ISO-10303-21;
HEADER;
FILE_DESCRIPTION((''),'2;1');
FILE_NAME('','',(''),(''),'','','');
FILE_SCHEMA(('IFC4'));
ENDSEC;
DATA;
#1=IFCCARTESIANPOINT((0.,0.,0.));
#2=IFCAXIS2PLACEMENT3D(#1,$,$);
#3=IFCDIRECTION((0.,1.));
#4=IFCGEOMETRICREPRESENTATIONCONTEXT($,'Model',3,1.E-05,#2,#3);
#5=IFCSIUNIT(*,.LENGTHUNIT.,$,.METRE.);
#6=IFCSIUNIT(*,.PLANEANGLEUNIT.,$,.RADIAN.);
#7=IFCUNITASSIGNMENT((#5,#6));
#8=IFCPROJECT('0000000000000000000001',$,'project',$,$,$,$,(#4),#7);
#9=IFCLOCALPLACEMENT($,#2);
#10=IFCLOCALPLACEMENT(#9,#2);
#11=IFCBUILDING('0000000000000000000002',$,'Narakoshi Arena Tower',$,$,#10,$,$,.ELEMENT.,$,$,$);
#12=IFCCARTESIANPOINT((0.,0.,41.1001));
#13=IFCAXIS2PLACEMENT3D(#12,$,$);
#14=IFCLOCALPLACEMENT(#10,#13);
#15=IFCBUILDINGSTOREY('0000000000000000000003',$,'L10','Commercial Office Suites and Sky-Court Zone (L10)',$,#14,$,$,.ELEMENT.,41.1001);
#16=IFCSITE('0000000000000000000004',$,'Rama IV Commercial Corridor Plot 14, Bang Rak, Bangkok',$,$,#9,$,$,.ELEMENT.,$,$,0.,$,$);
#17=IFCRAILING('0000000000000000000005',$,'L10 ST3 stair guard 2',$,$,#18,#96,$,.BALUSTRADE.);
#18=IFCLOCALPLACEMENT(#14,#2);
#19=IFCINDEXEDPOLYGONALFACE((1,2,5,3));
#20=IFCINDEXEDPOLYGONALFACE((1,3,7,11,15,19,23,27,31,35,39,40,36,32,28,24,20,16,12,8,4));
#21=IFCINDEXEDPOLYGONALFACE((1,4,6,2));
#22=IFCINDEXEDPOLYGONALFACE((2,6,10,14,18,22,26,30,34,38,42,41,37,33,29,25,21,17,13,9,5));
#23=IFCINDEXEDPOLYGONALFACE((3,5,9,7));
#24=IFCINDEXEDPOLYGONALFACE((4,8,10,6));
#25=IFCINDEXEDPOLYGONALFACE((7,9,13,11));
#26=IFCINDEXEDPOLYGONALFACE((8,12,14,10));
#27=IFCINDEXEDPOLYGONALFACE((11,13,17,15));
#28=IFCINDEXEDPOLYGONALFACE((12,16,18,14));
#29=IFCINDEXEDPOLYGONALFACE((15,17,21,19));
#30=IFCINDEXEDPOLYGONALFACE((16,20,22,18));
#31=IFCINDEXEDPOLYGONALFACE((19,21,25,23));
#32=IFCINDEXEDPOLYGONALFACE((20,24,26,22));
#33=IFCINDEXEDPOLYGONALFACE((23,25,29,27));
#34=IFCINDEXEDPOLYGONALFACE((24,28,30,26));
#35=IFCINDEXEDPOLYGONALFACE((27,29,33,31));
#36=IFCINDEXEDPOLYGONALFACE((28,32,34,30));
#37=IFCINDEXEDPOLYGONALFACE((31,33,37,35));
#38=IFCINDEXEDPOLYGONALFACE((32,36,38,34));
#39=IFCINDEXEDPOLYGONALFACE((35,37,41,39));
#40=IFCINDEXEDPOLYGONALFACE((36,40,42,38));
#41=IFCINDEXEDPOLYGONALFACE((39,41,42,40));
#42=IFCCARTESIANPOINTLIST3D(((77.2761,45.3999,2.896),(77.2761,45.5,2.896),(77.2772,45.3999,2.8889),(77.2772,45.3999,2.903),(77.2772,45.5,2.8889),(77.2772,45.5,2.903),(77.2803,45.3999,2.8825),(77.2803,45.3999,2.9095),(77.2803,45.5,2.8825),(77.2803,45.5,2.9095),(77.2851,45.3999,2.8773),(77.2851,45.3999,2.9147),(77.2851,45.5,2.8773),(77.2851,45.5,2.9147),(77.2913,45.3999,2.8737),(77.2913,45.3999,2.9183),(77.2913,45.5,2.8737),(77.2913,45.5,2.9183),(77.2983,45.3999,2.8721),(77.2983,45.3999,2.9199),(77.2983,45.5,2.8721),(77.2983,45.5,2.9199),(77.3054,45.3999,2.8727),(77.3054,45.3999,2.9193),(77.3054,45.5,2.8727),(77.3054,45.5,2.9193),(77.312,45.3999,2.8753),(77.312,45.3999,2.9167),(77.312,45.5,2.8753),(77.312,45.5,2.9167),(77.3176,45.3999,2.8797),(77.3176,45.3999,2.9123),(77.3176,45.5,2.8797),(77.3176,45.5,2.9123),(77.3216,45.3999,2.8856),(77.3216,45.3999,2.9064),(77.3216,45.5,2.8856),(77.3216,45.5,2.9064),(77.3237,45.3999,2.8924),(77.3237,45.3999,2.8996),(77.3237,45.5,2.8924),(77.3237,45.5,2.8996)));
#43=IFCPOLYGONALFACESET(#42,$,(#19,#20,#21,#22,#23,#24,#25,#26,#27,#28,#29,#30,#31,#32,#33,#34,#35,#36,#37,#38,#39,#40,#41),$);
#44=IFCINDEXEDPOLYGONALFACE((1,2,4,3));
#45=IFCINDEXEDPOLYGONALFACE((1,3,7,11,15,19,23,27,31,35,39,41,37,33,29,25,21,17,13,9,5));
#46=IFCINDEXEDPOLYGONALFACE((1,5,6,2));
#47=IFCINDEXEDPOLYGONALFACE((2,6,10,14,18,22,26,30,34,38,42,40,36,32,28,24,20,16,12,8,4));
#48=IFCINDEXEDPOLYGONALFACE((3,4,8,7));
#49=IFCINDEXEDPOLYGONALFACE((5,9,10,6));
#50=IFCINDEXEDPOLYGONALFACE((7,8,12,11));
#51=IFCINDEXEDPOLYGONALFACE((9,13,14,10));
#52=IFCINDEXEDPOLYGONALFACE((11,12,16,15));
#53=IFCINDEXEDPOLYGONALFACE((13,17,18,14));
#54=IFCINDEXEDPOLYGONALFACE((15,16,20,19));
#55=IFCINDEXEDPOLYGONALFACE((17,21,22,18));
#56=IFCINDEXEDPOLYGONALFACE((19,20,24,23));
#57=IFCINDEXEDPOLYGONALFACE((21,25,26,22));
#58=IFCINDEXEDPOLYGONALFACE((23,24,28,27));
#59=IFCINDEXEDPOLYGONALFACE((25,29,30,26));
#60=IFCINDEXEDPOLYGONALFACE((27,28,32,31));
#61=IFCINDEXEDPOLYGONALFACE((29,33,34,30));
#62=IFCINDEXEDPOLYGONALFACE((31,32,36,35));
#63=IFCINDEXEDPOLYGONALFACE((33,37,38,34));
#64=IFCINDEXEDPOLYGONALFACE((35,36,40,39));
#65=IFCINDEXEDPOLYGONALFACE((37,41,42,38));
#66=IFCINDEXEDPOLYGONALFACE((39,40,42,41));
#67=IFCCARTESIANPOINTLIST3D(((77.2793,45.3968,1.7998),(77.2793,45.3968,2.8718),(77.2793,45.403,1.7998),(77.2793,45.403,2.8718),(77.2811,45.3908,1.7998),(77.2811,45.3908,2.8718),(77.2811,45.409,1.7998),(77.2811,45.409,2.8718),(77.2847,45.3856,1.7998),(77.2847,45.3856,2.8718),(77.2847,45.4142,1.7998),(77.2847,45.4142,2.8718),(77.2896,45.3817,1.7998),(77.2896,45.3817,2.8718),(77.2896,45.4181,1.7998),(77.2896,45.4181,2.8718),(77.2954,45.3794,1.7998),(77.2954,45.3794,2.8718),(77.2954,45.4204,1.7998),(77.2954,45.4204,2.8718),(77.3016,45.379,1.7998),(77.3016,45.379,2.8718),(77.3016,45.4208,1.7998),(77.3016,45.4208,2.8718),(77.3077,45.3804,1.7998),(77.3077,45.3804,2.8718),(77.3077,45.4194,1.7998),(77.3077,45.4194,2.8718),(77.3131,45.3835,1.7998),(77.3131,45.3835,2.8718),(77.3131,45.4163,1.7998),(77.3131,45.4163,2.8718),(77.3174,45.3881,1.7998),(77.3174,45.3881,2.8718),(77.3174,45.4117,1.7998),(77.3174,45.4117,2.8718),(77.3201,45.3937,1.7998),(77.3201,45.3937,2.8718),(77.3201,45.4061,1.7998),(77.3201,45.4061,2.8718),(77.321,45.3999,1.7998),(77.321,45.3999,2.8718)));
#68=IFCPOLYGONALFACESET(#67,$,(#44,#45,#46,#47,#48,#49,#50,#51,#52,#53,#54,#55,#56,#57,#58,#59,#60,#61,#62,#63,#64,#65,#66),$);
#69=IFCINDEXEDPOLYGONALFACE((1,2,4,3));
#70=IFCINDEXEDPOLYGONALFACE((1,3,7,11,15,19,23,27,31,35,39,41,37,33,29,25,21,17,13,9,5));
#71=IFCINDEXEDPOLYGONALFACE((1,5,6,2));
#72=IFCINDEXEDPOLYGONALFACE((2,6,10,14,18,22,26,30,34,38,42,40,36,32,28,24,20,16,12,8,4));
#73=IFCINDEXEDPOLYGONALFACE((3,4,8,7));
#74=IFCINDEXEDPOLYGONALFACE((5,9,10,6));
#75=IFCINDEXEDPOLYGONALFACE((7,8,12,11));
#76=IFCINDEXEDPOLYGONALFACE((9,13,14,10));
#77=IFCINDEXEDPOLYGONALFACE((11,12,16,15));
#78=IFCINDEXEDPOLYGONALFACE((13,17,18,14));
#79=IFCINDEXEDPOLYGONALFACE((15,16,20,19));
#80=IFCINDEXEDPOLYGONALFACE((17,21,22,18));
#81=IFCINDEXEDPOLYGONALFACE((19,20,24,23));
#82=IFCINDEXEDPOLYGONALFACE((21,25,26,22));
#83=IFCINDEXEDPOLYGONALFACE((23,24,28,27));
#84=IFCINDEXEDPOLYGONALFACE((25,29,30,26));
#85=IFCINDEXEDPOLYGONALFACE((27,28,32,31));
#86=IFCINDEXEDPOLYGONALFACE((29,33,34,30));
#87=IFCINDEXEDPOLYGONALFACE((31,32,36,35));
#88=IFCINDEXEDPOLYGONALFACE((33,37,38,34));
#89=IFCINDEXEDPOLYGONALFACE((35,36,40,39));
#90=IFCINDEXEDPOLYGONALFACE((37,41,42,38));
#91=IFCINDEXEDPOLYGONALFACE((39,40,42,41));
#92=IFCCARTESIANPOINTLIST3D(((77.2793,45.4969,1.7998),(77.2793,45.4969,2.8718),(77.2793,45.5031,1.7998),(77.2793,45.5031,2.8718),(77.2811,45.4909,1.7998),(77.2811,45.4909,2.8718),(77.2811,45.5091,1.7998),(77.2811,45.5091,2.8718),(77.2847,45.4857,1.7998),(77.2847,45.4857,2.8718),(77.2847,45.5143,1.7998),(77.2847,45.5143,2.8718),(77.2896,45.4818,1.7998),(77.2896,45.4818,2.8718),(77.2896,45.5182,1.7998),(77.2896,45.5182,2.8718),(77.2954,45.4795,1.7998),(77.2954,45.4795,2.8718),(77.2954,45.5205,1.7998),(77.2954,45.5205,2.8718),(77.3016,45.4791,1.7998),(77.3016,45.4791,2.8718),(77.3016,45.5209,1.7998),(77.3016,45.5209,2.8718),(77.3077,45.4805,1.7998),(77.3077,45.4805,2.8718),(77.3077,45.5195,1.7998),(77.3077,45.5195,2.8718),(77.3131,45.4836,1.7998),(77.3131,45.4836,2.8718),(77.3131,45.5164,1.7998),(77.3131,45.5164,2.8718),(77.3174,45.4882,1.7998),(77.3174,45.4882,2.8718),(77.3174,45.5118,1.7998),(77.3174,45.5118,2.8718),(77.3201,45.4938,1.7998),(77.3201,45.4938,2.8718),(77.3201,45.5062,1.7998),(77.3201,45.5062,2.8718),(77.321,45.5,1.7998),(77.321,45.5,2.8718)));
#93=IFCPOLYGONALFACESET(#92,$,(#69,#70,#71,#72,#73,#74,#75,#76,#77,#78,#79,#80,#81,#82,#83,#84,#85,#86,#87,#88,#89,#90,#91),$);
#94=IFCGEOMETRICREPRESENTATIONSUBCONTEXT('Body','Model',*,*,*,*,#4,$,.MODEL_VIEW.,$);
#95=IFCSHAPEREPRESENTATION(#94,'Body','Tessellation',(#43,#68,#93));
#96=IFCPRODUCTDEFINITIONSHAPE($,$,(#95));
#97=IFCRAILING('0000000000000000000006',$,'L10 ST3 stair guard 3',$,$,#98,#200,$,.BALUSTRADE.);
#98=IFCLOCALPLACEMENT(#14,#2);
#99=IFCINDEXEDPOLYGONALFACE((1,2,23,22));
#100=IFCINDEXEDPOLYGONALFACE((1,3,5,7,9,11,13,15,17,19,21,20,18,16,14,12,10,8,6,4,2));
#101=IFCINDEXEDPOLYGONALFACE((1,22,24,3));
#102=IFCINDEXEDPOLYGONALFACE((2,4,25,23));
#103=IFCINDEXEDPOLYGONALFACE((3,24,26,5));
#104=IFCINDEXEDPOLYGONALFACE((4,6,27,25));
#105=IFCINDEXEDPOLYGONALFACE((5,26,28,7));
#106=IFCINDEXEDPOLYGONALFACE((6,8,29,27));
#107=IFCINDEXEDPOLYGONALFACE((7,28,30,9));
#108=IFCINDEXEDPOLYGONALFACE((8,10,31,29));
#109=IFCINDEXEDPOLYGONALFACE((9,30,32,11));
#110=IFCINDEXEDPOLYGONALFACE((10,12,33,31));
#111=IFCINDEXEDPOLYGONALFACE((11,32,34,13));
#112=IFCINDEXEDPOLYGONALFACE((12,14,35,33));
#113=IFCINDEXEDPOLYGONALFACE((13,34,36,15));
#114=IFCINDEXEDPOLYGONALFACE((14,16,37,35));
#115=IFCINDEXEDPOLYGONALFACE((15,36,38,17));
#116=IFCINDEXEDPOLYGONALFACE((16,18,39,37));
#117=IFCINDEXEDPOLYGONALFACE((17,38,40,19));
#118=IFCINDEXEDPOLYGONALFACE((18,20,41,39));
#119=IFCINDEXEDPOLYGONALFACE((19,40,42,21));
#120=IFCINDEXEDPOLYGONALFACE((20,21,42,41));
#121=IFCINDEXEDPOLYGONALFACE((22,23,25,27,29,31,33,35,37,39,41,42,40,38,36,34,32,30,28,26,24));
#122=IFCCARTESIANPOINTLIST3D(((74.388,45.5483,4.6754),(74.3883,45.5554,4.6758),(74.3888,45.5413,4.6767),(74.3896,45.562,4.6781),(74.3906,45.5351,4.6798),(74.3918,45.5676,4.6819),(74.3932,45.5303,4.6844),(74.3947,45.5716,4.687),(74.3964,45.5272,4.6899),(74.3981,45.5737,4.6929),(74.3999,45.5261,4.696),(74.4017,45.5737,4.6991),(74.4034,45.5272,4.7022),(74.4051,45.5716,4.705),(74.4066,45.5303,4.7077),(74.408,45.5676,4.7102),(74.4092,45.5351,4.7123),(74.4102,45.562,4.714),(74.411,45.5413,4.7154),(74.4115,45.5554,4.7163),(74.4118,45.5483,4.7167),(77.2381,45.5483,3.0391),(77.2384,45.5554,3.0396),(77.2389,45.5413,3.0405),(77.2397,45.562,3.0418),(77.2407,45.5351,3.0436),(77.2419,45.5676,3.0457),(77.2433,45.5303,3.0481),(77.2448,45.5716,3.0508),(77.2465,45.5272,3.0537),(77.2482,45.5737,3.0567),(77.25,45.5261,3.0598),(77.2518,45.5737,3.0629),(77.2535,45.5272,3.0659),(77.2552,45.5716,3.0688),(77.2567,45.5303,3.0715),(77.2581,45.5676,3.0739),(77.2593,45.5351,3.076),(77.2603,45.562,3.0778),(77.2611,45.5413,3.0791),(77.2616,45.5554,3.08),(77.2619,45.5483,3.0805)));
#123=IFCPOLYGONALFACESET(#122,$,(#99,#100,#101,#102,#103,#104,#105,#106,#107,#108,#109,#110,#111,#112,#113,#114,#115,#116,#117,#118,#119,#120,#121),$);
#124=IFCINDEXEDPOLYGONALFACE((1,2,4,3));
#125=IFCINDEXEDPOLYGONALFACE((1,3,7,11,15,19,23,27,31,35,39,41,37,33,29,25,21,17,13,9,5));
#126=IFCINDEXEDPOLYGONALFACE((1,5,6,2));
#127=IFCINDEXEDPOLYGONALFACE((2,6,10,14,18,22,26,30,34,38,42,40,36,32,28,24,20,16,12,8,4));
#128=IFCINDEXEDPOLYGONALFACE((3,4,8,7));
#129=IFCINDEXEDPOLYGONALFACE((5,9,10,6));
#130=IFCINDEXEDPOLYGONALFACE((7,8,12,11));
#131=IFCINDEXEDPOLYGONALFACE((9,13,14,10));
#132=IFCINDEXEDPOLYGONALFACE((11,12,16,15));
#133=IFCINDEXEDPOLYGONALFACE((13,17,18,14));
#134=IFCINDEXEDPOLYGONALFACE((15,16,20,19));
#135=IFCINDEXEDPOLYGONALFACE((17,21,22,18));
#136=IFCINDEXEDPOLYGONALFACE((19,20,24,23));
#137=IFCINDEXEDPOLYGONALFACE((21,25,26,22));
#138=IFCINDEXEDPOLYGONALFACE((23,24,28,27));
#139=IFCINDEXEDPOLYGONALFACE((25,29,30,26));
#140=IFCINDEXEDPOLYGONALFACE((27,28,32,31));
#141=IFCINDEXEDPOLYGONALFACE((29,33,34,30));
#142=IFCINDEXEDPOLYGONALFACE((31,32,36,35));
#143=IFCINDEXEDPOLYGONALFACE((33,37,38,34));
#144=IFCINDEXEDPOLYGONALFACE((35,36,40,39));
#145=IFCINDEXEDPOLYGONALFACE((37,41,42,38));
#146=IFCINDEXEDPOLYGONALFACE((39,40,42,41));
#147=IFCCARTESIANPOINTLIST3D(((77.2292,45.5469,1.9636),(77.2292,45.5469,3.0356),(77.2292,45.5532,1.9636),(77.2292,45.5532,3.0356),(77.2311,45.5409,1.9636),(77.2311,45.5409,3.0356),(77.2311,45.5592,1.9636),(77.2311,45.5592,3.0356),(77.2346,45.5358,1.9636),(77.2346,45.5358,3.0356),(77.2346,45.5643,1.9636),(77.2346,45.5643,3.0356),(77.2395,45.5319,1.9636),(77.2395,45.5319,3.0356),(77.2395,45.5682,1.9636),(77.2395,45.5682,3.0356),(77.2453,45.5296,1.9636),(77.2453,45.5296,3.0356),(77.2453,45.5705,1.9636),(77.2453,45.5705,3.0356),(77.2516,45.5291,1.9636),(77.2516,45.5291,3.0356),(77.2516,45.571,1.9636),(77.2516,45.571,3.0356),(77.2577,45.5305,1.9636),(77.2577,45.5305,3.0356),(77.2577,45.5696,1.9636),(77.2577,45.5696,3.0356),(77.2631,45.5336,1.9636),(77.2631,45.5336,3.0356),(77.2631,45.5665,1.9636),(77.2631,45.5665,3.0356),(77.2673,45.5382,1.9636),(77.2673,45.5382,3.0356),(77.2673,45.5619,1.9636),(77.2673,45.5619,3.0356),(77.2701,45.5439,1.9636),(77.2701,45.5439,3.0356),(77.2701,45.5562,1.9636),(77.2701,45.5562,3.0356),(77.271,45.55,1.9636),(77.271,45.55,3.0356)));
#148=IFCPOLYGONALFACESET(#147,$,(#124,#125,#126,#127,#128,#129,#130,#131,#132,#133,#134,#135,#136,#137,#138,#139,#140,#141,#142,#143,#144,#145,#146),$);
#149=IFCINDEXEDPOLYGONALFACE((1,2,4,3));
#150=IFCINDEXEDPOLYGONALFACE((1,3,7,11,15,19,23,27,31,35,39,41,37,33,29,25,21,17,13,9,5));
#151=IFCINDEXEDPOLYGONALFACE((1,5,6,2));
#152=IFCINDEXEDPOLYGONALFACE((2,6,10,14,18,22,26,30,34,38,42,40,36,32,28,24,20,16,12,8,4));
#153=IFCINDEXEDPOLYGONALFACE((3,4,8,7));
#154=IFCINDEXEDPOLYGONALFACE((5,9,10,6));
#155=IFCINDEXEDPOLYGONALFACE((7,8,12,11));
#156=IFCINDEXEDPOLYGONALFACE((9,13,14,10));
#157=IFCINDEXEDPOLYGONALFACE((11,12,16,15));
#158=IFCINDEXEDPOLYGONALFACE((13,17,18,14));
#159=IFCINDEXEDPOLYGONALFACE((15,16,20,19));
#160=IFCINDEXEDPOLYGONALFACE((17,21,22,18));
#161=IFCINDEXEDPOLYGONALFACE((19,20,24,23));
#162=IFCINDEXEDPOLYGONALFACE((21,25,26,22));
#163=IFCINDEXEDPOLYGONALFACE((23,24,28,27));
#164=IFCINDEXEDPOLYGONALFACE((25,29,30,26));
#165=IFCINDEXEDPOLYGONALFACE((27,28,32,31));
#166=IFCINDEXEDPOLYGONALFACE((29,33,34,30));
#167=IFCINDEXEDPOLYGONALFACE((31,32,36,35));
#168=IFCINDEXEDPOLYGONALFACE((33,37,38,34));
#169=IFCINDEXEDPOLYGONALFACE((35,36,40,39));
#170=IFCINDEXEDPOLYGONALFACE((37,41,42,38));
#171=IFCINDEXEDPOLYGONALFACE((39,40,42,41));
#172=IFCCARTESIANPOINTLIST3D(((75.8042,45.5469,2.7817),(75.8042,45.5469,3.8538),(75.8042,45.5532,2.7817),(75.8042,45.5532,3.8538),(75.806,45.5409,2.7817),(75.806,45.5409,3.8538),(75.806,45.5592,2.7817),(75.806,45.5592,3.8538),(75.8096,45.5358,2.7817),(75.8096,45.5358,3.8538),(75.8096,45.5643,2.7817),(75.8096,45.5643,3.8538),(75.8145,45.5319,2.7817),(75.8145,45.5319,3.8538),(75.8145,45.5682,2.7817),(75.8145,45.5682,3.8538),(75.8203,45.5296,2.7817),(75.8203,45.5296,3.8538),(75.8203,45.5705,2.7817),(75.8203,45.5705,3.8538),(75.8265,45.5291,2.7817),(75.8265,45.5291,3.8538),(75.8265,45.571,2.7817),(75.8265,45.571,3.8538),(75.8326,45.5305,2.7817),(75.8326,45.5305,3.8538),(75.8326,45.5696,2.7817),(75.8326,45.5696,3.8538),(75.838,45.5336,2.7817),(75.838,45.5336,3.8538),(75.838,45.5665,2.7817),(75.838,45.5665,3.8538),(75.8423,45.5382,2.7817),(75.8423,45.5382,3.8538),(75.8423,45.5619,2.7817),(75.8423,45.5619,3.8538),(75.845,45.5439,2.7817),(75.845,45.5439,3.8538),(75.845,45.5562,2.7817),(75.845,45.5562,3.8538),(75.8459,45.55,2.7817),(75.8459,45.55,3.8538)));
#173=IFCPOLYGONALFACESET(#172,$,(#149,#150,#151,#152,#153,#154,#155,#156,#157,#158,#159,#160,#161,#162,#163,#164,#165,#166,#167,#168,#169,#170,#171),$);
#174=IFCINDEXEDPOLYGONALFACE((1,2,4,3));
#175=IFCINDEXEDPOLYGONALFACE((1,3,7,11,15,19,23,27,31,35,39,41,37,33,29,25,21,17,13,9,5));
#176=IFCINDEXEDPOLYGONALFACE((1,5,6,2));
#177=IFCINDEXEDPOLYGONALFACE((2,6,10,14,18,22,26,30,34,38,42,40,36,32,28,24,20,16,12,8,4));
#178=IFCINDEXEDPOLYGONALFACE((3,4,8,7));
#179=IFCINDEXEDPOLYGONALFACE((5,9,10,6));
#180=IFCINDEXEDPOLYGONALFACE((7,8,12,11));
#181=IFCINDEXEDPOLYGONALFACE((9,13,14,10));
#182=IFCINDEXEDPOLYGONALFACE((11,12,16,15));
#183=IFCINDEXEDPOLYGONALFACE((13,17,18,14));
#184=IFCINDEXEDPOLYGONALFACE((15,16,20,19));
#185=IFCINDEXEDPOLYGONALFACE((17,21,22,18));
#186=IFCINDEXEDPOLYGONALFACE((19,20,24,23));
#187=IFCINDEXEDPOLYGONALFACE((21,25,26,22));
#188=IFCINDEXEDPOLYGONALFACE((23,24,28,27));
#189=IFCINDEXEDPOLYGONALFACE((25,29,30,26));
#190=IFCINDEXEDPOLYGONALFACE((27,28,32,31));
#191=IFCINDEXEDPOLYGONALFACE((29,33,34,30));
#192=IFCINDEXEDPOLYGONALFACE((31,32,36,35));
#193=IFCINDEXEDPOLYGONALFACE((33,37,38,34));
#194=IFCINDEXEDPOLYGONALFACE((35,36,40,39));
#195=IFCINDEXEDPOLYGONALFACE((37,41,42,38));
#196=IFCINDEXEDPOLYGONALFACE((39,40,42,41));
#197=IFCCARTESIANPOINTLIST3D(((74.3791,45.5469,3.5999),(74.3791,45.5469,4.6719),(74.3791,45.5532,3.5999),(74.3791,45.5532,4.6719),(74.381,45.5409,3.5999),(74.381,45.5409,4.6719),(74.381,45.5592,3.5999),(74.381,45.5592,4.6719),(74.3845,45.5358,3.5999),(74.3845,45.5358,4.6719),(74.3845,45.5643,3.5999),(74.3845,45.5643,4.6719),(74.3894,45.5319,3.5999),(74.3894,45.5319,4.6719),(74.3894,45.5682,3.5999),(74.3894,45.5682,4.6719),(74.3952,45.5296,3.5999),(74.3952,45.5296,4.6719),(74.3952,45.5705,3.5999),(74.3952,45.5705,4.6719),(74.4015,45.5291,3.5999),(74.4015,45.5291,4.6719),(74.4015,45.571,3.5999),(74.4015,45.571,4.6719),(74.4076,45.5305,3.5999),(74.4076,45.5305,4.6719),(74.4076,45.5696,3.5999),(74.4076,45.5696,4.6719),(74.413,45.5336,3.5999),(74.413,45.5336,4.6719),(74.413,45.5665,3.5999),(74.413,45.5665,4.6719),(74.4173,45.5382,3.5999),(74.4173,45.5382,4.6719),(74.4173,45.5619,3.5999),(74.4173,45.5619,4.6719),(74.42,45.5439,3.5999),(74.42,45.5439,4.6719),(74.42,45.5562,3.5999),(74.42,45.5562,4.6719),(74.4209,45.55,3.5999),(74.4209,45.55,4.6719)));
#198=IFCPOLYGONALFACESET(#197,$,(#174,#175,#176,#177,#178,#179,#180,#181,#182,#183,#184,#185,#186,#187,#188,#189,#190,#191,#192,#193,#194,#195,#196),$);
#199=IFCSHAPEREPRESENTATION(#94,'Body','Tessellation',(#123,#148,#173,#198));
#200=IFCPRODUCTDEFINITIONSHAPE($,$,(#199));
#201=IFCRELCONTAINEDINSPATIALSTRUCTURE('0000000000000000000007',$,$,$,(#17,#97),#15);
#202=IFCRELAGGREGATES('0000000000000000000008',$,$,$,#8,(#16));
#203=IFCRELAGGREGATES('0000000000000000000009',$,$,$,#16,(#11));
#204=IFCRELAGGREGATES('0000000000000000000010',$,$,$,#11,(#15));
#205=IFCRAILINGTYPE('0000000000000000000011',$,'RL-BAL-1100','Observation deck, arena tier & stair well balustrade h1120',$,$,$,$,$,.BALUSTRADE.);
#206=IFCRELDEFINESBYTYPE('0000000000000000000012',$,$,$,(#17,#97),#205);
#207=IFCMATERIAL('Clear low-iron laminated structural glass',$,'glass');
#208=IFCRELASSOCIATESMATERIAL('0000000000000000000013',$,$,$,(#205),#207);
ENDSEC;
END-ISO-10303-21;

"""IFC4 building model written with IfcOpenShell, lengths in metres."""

from ifc_helpers import new_model, si_unit, direction, frame, origin, origin_2d, place, context, subcontext, project, spatial, circle, extrude, material, type_object, element, save


model = new_model("IFC4")

# Units and contexts
model_context = context("Model", 3, precision=1e-05, world=origin(), true_north=direction((0.0, 1.0)))
body_context = subcontext(model_context, "Body", "Model", "MODEL_VIEW")
ifc_project = project(units=[si_unit("LENGTHUNIT", "METRE"), si_unit("PLANEANGLEUNIT", "RADIAN")], contexts=[model_context])

# Site, building, storey
site_placement = place(None, origin())
site = spatial("IfcSite", under=ifc_project, at=site_placement, Name="Rama IV Commercial Corridor Plot 14, Bang Rak, Bangkok", CompositionType="ELEMENT", RefElevation=0.0)
building_placement = place(site_placement, origin())
building = spatial("IfcBuilding", under=site, at=building_placement, Name="Narakoshi Arena Tower", CompositionType="ELEMENT")
storey_placement = place(building_placement, frame((0.0, 0.0, 41.1001)))
storey = spatial("IfcBuildingStorey", under=building, at=storey_placement, Name="L10", Description="Commercial Office Suites and Sky-Court Zone (L10)", CompositionType="ELEMENT", Elevation=41.1001)

# Railings
ifc_material_1 = material(Name="Clear low-iron laminated structural glass", Category="glass")
railing_type_1 = type_object("IfcRailingType", Name="RL-BAL-1100", Description="Observation deck, arena tier & stair well balustrade h1120", PredefinedType="BALUSTRADE", material=ifc_material_1)
railing_1_placement = place(storey_placement, frame((77.3, 45.3999, 1.7998)))
element("IfcRailing", 1, at=railing_1_placement, inside=storey, type_object=railing_type_1, Name="L10 ST3 stair guard 2", PredefinedType="BALUSTRADE", context=body_context, shape_type="SweptSolid", body=[
    extrude(circle(Radius=0.0239, at=origin_2d()), frame((0.0, 0.0, 1.0962), z_axis=(0.0, 1.0, 0.0), x_axis=(-1.0, 0.0, 0.0)), (0.0, 0.0, 1.0), 0.1001),
    extrude(circle(Radius=0.021, at=origin_2d()), origin(), (0.0, 0.0, 1.0), 1.072),
    extrude(circle(Radius=0.021, at=origin_2d()), frame((0.0, 0.1001, 0.0)), (0.0, 0.0, 1.0), 1.072),
])
railing_2_placement = place(storey_placement, frame((77.25, 45.55, 1.9636)))
element("IfcRailing", 2, at=railing_2_placement, inside=storey, type_object=railing_type_1, Name="L10 ST3 stair guard 3", PredefinedType="BALUSTRADE", context=body_context, shape_type="SweptSolid", body=[
    extrude(circle(Radius=0.0239, at=origin_2d()), frame((0.0, 0.0, 1.0962), z_axis=(-0.867245, 0.0, 0.497882), x_axis=(0.0, -1.0, 0.0)), (0.0, 0.0, 1.0), 3.2864),
    extrude(circle(Radius=0.021, at=origin_2d()), origin(), (0.0, 0.0, 1.0), 1.072),
    extrude(circle(Radius=0.021, at=origin_2d()), frame((-1.425, 0.0, 0.8181)), (0.0, 0.0, 1.0), 1.072),
    extrude(circle(Radius=0.021, at=origin_2d()), frame((-2.8501, 0.0, 1.6362)), (0.0, 0.0, 1.0), 1.072),
])

save(model, "model.ifc")
